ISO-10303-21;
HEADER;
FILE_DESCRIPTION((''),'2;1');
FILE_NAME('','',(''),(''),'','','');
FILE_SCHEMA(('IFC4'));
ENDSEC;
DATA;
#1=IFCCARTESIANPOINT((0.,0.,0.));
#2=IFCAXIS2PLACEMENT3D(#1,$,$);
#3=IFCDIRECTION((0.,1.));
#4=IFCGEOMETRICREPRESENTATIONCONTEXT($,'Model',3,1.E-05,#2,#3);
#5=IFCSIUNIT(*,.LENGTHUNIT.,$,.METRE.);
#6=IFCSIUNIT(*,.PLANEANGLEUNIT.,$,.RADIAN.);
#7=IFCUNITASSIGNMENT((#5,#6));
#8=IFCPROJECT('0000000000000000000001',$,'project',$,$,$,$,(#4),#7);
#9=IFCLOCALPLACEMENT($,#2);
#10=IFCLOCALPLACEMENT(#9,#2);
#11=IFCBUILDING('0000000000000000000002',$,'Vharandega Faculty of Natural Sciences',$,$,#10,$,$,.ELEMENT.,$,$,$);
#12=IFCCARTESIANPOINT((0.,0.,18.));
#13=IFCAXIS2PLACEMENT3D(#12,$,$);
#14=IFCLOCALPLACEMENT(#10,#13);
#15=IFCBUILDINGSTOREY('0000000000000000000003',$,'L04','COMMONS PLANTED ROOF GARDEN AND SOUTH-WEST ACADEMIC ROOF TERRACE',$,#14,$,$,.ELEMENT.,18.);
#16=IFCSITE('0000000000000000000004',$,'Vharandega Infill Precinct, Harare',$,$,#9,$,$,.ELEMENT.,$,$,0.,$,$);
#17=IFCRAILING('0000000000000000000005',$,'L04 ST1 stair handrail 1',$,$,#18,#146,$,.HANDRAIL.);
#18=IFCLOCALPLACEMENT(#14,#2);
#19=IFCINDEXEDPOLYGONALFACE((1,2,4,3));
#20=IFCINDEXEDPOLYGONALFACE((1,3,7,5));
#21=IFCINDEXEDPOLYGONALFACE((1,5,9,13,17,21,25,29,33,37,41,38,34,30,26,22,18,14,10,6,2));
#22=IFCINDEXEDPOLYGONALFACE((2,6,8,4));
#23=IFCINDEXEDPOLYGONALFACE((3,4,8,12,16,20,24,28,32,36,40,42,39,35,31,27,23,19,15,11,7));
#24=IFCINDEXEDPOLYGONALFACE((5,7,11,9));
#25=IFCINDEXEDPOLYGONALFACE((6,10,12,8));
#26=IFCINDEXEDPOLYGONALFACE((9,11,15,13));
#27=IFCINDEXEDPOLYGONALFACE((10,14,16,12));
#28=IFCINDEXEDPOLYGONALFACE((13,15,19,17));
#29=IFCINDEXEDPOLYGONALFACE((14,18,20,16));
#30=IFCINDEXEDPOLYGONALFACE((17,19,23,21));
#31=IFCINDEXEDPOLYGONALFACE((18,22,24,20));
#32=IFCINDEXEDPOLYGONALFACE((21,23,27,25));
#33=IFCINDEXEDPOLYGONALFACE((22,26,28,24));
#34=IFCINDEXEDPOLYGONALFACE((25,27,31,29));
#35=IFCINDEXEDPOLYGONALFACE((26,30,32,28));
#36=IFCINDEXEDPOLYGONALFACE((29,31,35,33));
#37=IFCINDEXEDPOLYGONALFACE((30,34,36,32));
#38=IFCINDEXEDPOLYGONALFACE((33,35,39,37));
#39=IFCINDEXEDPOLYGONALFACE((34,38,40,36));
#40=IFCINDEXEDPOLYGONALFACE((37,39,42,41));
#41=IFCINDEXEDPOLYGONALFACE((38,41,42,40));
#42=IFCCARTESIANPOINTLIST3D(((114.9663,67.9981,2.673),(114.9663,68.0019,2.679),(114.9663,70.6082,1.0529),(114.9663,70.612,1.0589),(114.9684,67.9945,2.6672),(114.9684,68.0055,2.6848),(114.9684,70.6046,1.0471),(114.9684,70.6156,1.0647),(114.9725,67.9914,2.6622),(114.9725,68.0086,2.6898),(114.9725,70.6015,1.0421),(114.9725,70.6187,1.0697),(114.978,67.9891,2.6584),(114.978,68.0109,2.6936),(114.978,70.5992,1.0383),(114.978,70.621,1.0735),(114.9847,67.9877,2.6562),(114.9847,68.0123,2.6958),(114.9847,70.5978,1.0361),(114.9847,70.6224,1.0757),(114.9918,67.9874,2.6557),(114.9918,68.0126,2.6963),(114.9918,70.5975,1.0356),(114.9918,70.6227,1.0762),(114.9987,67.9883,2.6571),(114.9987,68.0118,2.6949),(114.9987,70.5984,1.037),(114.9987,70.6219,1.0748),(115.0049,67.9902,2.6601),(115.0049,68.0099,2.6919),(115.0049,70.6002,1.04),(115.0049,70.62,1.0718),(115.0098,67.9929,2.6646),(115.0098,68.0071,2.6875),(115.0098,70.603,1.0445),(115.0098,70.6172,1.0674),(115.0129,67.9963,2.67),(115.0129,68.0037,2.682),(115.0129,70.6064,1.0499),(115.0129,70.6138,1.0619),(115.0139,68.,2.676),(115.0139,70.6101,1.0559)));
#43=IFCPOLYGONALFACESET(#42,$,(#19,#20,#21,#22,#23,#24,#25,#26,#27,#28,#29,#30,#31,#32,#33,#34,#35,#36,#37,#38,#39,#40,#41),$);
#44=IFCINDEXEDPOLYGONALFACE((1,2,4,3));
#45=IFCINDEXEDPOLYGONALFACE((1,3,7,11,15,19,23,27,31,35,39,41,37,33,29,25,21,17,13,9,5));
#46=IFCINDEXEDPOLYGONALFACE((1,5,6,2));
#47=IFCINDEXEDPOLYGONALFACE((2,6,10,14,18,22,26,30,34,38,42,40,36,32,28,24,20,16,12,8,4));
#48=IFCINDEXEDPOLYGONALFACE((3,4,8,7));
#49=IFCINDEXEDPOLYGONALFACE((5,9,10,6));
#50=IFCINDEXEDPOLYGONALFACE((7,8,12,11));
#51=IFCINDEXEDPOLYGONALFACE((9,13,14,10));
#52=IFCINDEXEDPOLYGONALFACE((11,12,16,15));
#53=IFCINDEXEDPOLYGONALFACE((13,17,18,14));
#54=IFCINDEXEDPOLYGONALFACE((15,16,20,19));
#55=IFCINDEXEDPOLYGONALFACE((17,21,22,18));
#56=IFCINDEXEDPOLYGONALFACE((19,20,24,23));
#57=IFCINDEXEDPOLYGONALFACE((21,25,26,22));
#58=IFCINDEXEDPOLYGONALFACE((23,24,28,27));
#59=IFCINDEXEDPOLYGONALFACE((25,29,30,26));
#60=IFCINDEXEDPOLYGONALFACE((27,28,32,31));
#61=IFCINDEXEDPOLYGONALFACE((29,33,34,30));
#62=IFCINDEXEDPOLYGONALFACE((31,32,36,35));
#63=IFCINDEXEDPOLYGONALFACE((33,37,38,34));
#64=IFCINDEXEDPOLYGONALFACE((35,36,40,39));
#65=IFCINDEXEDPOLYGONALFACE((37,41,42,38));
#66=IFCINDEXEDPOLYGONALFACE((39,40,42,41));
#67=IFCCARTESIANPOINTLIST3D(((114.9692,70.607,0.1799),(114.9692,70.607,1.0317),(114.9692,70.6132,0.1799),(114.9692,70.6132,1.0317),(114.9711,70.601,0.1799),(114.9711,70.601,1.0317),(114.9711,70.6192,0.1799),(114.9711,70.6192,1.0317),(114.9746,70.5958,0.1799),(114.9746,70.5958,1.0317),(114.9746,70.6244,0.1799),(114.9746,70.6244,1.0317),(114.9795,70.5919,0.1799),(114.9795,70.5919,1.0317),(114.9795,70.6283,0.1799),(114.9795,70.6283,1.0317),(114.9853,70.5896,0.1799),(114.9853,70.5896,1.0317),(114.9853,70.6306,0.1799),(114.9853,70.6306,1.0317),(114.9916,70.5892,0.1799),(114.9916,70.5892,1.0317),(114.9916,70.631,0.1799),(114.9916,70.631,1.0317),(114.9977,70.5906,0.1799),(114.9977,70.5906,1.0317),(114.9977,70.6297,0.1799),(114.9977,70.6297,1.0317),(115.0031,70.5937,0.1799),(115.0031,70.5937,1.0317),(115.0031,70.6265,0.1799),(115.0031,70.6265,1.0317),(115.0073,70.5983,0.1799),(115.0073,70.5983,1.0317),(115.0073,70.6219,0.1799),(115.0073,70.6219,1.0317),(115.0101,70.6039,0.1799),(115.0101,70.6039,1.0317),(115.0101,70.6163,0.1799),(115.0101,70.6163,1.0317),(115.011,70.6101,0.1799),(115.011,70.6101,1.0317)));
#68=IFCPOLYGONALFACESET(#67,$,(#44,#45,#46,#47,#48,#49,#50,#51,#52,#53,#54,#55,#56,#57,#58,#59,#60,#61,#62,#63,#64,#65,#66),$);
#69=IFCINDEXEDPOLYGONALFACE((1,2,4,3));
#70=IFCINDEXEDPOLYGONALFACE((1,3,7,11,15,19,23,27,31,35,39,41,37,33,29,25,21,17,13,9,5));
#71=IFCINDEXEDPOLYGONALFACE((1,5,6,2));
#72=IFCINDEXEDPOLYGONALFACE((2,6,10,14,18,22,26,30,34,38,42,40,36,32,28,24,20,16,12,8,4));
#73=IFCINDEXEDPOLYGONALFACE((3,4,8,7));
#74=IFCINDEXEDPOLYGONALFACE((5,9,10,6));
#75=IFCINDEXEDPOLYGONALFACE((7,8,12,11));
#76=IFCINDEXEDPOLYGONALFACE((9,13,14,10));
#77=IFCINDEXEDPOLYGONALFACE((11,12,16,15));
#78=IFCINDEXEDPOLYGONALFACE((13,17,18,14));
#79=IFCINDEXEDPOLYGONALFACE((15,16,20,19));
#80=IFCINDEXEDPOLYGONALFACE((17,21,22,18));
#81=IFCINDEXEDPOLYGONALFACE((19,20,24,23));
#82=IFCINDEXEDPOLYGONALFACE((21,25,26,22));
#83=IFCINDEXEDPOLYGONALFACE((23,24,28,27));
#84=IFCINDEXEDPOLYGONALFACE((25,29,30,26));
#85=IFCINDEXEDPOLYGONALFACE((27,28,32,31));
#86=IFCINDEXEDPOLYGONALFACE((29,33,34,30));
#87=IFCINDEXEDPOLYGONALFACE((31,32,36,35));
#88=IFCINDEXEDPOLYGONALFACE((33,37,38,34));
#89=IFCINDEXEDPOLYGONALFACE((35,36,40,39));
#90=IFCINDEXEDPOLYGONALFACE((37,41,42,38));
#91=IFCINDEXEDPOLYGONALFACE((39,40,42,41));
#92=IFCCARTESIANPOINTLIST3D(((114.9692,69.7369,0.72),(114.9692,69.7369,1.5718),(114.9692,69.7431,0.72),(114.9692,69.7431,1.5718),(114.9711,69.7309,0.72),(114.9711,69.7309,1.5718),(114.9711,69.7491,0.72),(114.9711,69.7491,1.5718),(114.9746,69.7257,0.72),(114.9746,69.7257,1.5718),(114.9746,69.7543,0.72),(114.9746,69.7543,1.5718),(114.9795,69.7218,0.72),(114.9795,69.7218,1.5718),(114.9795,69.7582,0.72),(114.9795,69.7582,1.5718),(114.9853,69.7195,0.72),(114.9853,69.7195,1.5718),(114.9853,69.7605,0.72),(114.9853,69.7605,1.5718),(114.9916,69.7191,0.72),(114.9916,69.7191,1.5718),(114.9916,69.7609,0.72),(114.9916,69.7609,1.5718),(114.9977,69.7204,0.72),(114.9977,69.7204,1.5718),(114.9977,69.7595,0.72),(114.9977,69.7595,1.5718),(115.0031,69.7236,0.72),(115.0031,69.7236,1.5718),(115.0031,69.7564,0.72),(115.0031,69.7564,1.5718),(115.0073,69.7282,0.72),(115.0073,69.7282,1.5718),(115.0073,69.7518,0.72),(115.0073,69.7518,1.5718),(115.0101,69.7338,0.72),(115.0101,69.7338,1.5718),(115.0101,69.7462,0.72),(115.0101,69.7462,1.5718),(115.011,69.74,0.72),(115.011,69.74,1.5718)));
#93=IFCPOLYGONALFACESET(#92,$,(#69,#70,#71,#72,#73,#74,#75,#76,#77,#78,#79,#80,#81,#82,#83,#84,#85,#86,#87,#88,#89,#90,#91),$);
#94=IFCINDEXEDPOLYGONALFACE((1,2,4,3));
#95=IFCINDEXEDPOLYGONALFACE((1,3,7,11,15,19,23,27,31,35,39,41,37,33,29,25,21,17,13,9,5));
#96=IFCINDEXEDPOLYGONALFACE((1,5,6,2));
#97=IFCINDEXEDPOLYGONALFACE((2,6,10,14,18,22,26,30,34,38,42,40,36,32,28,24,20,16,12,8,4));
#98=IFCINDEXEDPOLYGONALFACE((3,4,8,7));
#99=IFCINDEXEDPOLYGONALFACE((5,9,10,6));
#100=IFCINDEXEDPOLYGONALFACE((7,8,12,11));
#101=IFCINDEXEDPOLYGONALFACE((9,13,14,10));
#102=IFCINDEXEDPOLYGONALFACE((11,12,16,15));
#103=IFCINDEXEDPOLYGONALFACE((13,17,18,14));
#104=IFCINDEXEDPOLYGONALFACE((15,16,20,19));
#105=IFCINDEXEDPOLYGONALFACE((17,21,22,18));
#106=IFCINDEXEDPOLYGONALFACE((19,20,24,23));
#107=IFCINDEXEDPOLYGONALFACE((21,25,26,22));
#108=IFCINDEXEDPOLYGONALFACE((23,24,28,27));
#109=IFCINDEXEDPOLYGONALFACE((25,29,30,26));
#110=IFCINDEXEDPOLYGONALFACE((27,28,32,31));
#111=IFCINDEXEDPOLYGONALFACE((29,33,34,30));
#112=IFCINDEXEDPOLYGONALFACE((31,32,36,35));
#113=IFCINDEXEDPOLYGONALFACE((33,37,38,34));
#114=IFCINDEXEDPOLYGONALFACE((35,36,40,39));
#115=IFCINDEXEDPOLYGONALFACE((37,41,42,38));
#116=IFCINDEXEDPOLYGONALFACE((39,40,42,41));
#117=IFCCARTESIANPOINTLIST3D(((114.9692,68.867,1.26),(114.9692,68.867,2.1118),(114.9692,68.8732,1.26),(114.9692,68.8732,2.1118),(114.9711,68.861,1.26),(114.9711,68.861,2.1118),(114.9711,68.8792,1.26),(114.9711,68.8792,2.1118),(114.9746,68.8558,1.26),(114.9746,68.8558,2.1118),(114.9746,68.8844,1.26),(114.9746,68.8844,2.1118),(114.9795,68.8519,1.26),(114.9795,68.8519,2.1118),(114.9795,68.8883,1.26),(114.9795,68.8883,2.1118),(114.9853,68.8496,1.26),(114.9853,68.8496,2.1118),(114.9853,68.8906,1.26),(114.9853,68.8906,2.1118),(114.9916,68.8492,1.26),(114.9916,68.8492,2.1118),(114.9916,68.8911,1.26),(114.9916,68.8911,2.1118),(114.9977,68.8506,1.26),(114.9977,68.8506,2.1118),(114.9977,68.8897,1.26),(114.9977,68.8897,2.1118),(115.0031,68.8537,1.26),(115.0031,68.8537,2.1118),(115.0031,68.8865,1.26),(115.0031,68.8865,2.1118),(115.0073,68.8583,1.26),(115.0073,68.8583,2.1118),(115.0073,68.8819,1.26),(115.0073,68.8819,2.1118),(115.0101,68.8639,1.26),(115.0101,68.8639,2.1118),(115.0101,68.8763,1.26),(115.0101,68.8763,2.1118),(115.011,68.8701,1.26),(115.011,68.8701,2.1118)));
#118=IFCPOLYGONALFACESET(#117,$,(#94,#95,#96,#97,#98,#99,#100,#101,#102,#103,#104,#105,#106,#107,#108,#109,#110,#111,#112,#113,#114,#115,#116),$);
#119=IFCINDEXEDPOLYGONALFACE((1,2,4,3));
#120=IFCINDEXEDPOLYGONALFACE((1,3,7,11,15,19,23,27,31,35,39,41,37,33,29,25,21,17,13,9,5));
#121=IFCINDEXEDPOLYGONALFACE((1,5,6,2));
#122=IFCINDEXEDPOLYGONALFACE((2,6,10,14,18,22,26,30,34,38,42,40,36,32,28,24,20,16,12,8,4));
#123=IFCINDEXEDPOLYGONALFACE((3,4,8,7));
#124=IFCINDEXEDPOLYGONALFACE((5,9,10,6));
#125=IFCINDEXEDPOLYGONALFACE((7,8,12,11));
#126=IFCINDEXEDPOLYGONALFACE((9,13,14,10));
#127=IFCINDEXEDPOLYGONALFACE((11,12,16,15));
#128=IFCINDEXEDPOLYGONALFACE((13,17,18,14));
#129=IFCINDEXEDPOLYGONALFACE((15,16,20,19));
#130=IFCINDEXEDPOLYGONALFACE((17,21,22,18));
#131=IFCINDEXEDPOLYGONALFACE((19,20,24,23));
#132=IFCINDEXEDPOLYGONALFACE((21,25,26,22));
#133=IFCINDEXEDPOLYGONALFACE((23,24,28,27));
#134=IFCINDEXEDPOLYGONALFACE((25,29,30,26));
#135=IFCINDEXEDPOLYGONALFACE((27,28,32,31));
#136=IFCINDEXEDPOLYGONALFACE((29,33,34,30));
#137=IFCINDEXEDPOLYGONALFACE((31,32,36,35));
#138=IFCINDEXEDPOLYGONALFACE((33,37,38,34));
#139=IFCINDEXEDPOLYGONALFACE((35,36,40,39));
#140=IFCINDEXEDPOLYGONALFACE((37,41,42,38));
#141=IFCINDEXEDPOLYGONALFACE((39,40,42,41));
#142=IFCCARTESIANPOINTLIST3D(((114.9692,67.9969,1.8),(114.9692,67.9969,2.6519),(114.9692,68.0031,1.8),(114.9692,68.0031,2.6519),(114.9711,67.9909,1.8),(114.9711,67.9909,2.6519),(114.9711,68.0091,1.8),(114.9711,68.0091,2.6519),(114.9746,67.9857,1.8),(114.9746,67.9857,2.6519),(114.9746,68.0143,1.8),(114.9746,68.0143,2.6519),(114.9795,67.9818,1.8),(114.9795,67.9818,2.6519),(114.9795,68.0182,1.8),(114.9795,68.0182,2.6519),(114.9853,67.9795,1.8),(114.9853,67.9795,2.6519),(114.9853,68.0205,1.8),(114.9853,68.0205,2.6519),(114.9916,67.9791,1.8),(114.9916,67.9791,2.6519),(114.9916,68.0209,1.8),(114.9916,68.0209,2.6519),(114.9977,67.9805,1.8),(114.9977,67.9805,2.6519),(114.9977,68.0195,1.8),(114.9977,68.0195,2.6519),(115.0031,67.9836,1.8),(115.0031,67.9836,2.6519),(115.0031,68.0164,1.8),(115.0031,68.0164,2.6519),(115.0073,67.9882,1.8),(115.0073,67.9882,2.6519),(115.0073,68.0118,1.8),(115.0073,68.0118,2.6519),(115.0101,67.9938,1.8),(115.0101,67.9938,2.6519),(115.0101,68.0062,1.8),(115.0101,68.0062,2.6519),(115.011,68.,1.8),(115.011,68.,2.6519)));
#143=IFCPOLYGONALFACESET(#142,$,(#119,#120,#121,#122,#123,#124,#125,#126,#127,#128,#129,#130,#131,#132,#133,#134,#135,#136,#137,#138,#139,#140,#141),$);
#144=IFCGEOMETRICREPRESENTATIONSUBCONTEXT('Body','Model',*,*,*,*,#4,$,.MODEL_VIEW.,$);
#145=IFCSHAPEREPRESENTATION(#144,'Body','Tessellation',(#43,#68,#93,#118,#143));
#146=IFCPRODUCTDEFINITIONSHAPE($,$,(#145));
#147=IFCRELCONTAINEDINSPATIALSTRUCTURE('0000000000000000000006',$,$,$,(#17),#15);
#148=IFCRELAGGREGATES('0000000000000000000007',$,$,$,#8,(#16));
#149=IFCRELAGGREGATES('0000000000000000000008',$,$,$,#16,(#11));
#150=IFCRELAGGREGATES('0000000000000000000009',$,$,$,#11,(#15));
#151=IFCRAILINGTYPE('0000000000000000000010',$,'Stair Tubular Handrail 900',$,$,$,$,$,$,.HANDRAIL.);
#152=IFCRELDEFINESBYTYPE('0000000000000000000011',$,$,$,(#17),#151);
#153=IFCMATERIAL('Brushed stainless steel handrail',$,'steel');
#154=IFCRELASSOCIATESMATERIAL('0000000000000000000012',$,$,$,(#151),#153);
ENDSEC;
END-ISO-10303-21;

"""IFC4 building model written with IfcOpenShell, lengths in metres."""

from ifc_helpers import new_model, si_unit, direction, frame, origin, origin_2d, place, context, subcontext, project, spatial, circle, extrude, material, type_object, element, save


model = new_model("IFC4")

# Units and contexts
model_context = context("Model", 3, precision=1e-05, world=origin(), true_north=direction((0.0, 1.0)))
body_context = subcontext(model_context, "Body", "Model", "MODEL_VIEW")
ifc_project = project(units=[si_unit("LENGTHUNIT", "METRE"), si_unit("PLANEANGLEUNIT", "RADIAN")], contexts=[model_context])

# Site, building, storey
site_placement = place(None, origin())
site = spatial("IfcSite", under=ifc_project, at=site_placement, Name="Vharandega Infill Precinct, Harare", CompositionType="ELEMENT", RefElevation=0.0)
building_placement = place(site_placement, origin())
building = spatial("IfcBuilding", under=site, at=building_placement, Name="Vharandega Faculty of Natural Sciences", CompositionType="ELEMENT")
storey_placement = place(building_placement, frame((0.0, 0.0, 18.0)))
storey = spatial("IfcBuildingStorey", under=building, at=storey_placement, Name="L04", Description="COMMONS PLANTED ROOF GARDEN AND SOUTH-WEST ACADEMIC ROOF TERRACE", CompositionType="ELEMENT", Elevation=18.0)

# Railing
ifc_material_1 = material(Name="Brushed stainless steel handrail", Category="steel")
railing_type_1 = type_object("IfcRailingType", Name="Stair Tubular Handrail 900", PredefinedType="HANDRAIL", material=ifc_material_1)
railing_1_placement = place(storey_placement, frame((114.99, 70.6101, 0.1799)))
element("IfcRailing", 1, at=railing_1_placement, inside=storey, type_object=railing_type_1, Name="L04 ST1 stair handrail 1", PredefinedType="HANDRAIL", context=body_context, shape_type="SweptSolid", body=[
    extrude(circle(Radius=0.0239, at=origin_2d()), frame((0.0, 0.0, 0.876), z_axis=(0.0, -0.849633, 0.527375), x_axis=(1.0, 0.0, 0.0)), (0.0, 0.0, 1.0), 3.072),
    extrude(circle(Radius=0.021, at=origin_2d()), origin(), (0.0, 0.0, 1.0), 0.8518),
    extrude(circle(Radius=0.021, at=origin_2d()), frame((0.0, -0.8701, 0.54)), (0.0, 0.0, 1.0), 0.8518),
    extrude(circle(Radius=0.021, at=origin_2d()), frame((0.0, -1.74, 1.0801)), (0.0, 0.0, 1.0), 0.8518),
    extrude(circle(Radius=0.021, at=origin_2d()), frame((0.0, -2.6101, 1.6201)), (0.0, 0.0, 1.0), 0.8518),
])

save(model, "model.ifc")
